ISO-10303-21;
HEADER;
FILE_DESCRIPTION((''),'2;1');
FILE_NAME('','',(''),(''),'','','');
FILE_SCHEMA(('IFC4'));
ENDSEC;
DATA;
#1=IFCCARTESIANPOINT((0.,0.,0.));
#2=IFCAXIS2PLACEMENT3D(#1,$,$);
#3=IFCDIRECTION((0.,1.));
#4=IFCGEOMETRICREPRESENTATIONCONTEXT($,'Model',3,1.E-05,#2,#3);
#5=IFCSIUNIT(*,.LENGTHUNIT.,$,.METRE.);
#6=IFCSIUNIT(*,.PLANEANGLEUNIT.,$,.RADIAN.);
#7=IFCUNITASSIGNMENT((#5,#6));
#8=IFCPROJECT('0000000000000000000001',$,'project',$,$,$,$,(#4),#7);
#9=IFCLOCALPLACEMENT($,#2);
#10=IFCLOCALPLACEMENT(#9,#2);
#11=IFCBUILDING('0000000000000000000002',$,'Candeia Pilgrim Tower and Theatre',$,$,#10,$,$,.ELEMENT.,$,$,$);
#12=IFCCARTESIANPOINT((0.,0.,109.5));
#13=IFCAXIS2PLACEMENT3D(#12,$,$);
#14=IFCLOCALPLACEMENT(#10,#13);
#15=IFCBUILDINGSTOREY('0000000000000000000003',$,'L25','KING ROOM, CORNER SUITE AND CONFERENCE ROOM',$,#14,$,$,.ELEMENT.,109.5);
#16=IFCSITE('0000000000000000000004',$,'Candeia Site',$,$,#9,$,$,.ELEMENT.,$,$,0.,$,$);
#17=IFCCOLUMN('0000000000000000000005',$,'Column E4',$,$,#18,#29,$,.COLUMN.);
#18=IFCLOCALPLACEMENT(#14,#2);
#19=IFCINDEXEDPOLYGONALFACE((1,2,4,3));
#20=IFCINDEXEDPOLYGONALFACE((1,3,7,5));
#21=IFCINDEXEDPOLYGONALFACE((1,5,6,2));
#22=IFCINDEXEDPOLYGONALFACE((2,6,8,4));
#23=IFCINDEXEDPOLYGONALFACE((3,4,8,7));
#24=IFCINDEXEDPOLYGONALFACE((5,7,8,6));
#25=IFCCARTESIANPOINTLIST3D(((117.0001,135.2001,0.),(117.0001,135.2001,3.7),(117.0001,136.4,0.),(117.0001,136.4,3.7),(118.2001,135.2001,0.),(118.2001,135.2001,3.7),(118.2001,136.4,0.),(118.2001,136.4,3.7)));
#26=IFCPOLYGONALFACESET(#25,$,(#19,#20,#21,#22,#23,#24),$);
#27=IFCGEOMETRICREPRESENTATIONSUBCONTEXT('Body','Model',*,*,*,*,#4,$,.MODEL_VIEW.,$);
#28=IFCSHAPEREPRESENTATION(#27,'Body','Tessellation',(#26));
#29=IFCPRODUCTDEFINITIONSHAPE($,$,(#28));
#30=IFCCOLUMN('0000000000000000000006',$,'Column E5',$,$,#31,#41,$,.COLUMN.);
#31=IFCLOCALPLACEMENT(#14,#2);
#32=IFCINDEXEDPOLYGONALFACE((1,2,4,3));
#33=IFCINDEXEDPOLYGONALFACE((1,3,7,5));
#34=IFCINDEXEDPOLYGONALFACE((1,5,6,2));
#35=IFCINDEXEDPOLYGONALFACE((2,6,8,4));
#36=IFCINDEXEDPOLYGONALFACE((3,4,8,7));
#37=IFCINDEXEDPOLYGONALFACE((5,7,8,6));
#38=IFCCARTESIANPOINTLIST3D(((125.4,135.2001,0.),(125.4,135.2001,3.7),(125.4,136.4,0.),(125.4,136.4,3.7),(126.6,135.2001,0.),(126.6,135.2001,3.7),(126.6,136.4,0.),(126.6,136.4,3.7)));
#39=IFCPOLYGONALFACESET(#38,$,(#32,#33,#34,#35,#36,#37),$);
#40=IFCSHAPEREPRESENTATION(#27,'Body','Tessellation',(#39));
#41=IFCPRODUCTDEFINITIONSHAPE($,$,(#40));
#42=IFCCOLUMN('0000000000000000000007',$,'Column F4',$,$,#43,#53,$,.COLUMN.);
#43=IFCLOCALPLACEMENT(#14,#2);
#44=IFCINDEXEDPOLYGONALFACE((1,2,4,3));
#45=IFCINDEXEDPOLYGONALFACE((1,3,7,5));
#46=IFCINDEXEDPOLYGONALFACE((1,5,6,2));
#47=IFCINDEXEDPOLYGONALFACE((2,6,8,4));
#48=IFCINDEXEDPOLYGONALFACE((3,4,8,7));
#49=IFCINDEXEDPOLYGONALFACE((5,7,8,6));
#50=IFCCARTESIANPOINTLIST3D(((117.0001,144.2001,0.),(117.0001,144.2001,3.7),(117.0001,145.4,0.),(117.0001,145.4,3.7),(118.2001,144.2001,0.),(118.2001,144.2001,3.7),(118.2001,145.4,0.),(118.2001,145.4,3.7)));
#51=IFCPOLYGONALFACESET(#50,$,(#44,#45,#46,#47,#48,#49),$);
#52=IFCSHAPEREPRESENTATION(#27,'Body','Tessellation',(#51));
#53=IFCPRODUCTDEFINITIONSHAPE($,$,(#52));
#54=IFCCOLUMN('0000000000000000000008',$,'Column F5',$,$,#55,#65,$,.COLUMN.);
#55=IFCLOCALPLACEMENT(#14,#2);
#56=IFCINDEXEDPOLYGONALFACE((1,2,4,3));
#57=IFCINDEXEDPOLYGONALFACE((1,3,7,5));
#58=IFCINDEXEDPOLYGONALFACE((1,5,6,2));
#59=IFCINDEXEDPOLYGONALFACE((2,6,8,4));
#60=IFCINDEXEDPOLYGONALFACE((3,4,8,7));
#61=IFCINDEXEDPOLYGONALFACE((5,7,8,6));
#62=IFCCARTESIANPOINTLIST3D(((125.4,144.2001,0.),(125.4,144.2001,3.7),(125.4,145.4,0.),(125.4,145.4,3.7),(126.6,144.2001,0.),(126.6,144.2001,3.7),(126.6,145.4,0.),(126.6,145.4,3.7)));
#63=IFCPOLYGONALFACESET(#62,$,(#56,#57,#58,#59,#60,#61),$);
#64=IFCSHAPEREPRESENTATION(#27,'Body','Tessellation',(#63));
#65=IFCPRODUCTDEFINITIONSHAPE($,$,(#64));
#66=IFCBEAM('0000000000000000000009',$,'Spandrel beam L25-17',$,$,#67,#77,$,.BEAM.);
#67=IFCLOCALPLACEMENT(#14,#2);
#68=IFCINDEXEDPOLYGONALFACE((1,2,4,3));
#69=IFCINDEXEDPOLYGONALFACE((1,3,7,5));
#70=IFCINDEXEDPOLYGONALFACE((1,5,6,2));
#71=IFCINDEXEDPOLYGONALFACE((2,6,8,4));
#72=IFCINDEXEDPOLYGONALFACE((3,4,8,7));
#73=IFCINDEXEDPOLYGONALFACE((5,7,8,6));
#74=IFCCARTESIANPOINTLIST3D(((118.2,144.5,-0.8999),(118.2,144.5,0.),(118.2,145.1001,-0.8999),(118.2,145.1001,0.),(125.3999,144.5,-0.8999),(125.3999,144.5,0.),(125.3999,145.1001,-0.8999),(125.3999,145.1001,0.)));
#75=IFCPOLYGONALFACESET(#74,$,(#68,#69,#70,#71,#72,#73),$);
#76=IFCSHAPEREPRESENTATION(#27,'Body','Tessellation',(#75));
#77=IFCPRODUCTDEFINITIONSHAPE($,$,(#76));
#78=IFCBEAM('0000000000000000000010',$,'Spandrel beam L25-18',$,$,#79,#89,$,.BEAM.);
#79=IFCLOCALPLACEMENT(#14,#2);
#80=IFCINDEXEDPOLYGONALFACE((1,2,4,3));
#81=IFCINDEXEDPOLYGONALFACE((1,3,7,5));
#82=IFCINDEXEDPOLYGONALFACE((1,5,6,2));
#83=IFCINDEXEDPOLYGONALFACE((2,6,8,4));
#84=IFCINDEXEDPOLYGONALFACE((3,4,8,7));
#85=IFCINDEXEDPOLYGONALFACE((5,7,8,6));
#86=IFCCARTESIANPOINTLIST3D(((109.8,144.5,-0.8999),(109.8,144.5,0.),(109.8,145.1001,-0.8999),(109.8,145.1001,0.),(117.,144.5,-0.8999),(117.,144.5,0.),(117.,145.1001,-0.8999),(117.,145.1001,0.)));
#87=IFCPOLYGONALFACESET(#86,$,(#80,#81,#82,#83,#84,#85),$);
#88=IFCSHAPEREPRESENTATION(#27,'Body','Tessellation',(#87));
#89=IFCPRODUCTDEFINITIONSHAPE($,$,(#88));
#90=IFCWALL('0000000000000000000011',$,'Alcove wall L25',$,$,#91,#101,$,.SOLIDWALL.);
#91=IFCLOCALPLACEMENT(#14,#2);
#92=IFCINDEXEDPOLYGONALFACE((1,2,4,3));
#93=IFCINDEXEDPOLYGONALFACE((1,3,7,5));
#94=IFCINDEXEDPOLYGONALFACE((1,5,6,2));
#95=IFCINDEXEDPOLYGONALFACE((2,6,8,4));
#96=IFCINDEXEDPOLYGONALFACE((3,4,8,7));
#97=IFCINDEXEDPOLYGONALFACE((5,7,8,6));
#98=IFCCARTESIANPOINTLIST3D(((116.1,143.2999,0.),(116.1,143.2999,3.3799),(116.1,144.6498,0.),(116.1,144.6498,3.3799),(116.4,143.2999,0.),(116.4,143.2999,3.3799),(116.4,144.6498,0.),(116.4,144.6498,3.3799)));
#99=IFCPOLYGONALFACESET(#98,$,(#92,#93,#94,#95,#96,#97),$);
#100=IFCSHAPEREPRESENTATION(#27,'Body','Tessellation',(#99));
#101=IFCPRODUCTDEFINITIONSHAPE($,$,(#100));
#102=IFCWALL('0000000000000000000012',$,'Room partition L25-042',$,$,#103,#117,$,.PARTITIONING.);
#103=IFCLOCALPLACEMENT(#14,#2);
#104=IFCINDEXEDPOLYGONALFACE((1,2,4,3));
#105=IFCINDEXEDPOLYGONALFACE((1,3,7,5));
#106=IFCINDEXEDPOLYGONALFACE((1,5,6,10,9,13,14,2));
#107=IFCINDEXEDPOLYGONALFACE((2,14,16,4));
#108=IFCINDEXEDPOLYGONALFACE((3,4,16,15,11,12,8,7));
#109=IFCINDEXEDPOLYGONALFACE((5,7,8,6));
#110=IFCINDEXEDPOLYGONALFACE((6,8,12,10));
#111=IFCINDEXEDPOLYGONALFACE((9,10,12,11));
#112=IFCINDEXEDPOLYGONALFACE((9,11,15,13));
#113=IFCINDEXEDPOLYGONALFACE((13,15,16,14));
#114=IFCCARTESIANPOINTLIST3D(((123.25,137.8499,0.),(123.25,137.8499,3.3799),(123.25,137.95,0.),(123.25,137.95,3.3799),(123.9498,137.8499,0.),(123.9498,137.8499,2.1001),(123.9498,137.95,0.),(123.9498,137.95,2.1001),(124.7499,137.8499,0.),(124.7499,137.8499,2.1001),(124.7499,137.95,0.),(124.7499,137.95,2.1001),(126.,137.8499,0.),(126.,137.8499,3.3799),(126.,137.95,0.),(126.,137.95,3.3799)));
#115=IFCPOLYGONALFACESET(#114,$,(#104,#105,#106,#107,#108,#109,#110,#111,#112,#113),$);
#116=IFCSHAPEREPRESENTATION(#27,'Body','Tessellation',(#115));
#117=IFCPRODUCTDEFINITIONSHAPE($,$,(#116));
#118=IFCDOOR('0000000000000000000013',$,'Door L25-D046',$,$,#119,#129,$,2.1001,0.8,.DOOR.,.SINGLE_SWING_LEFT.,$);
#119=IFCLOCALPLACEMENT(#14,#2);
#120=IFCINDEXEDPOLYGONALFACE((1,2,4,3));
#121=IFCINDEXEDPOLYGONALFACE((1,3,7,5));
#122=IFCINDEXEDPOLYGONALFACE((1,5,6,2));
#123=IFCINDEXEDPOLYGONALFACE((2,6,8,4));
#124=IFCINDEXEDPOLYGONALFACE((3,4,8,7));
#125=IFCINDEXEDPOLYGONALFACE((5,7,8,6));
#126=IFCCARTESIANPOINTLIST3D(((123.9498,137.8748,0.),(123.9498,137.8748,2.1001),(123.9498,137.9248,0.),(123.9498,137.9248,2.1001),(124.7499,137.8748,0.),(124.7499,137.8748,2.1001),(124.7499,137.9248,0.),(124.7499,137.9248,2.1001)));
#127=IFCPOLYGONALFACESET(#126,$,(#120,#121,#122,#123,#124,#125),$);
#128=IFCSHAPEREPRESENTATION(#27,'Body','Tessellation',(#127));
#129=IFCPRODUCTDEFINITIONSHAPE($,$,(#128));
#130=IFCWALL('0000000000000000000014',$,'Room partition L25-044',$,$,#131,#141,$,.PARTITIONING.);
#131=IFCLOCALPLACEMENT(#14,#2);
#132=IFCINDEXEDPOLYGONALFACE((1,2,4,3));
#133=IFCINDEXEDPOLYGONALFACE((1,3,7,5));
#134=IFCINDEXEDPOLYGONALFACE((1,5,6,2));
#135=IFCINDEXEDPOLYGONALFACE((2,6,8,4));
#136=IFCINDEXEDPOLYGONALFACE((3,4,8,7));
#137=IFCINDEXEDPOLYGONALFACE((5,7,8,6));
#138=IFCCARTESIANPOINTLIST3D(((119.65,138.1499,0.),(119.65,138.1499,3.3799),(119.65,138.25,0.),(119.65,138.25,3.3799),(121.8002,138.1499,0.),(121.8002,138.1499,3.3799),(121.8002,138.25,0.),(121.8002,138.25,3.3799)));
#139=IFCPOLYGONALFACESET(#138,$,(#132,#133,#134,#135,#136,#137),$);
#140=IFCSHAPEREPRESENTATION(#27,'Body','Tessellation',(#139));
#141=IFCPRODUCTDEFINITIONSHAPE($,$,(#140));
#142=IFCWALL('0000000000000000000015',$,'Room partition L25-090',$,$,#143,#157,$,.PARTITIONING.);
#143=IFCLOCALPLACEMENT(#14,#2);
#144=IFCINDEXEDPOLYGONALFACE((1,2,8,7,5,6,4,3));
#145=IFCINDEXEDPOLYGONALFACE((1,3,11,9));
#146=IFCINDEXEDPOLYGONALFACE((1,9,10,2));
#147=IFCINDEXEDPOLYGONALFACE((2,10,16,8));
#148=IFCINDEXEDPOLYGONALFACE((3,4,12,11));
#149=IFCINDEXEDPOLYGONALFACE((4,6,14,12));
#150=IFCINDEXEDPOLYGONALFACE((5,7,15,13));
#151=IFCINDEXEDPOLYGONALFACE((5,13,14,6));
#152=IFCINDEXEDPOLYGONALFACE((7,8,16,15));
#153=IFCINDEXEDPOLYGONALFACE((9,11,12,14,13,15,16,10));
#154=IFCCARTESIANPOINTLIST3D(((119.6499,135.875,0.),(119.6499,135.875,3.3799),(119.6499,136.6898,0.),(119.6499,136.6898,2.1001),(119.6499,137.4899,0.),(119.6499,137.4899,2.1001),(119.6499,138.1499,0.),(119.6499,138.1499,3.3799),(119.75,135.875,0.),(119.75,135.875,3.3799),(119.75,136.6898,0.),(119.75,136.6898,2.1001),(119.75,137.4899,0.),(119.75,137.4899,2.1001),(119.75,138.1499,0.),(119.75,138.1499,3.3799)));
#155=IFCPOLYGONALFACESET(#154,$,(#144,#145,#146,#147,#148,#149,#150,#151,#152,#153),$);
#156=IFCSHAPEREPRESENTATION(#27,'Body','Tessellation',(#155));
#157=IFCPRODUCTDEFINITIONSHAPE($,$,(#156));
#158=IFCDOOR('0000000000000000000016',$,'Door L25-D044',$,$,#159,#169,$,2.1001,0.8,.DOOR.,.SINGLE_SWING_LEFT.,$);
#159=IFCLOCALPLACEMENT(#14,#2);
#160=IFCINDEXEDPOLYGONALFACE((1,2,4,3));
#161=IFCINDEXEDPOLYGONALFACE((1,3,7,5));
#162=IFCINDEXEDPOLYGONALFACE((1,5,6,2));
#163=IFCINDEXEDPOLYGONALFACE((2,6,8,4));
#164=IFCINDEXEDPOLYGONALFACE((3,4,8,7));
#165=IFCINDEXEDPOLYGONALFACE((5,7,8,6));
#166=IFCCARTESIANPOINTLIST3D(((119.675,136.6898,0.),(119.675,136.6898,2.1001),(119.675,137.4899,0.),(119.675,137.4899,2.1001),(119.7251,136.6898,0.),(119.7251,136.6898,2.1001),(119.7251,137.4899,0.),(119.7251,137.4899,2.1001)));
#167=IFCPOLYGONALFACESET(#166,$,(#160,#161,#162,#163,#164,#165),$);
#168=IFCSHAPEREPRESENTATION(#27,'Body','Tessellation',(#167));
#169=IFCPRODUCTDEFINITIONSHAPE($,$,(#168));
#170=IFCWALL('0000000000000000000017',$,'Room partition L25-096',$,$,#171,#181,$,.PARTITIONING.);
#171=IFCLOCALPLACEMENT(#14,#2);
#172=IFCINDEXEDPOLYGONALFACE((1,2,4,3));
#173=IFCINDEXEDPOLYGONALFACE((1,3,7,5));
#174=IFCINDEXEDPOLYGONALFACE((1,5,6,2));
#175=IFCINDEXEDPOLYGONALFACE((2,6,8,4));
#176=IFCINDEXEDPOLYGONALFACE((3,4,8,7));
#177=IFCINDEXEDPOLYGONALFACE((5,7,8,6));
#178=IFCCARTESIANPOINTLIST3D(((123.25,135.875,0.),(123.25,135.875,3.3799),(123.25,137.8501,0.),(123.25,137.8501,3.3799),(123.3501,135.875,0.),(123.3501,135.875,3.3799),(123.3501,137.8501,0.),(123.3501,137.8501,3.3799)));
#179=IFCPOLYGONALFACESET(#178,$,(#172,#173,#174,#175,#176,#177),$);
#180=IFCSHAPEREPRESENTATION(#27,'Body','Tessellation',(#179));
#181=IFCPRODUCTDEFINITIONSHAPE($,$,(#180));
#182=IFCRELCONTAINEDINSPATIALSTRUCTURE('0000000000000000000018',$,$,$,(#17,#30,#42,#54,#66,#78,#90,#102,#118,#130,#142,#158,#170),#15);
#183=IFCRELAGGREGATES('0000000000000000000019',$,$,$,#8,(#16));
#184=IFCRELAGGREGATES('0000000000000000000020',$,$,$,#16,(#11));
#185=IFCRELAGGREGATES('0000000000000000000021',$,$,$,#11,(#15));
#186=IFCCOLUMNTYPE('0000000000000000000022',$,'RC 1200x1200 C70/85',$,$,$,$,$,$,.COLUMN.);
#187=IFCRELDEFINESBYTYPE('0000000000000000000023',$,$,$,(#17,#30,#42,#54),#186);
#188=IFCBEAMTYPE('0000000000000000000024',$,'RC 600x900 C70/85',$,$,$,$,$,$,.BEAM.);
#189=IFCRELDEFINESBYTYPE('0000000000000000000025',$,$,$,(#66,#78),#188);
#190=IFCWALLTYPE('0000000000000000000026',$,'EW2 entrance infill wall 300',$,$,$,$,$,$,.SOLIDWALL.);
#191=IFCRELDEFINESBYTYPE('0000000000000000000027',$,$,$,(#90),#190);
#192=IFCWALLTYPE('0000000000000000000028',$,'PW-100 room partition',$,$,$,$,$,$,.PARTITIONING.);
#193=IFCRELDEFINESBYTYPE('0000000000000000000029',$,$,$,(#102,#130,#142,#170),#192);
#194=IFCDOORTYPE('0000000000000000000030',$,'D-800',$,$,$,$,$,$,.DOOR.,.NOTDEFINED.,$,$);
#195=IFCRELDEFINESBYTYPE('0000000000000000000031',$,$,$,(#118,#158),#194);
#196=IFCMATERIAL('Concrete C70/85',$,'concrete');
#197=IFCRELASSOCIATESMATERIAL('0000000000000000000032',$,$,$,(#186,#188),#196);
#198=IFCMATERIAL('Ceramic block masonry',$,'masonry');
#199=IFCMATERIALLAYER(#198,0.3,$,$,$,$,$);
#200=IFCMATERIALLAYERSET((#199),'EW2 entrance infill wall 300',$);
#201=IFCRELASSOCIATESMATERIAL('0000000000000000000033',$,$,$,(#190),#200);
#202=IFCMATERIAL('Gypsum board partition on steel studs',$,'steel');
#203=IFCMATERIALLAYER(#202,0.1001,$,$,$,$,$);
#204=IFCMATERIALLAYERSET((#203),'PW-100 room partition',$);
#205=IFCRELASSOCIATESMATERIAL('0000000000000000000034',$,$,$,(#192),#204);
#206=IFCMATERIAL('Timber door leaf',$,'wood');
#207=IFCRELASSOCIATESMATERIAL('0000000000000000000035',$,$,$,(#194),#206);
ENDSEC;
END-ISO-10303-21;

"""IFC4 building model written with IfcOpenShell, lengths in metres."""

from ifc_helpers import new_model, si_unit, direction, frame, frame_2d, origin, origin_2d, place, context, subcontext, project, spatial, rectangle, extrude, material, layer, layer_set, material_profile, profile_set, type_object, element, fill, save


model = new_model("IFC4")

# Units and contexts
model_context = context("Model", 3, precision=1e-05, world=origin(), true_north=direction((0.0, 1.0)))
body_context = subcontext(model_context, "Body", "Model", "MODEL_VIEW")
ifc_project = project(units=[si_unit("LENGTHUNIT", "METRE"), si_unit("PLANEANGLEUNIT", "RADIAN")], contexts=[model_context])

# Site, building, storey
site_placement = place(None, origin())
site = spatial("IfcSite", under=ifc_project, at=site_placement, Name="Candeia Site", CompositionType="ELEMENT", RefElevation=0.0)
building_placement = place(site_placement, origin())
building = spatial("IfcBuilding", under=site, at=building_placement, Name="Candeia Pilgrim Tower and Theatre", CompositionType="ELEMENT")
storey_placement = place(building_placement, frame((0.0, 0.0, 109.5)))
storey = spatial("IfcBuildingStorey", under=building, at=storey_placement, Name="L25", Description="KING ROOM, CORNER SUITE AND CONFERENCE ROOM", CompositionType="ELEMENT", Elevation=109.5)

# Columns
ifc_material_1 = material(Name="Concrete C70/85", Category="concrete")
ifc_material_profile_1 = material_profile(ifc_material_1, rectangle(XDim=1.2, YDim=1.2, at=origin_2d()))
ifc_profile_set_1 = profile_set([ifc_material_profile_1], Name="Concrete C70/85")
column_type = type_object("IfcColumnType", Name="RC 1200x1200 C70/85", PredefinedType="COLUMN", material=ifc_profile_set_1)
for number, where, z_axis, x_axis, name in (
    (1, (117.6001, 135.8, 0.0), (0.0, 0.0, 1.0), (1.0, 0.0, 0.0), "Column E4"),
    (2, (126.0, 135.8, 0.0), (0.0, 0.0, 1.0), (1.0, 0.0, 0.0), "Column E5"),
    (3, (117.6001, 144.8, 0.0), (0.0, 0.0, 1.0), (1.0, 0.0, 0.0), "Column F4"),
    (4, (126.0, 144.8, 0.0), (0.0, 0.0, 1.0), (1.0, 0.0, 0.0), "Column F5"),
):
    element("IfcColumn", number, at=place(storey_placement, frame(where, z_axis=z_axis, x_axis=x_axis)), inside=storey, type_object=column_type, Name=name, PredefinedType="COLUMN", context=body_context, shape_type="SweptSolid", body=[
        extrude(rectangle(XDim=1.2, YDim=1.2, at=origin_2d()), origin(), (0.0, 0.0, 1.0), 3.7),
    ])

# Beams
ifc_material_profile_2 = material_profile(ifc_material_1, rectangle(XDim=0.6001, YDim=0.8999, at=origin_2d()))
ifc_profile_set_2 = profile_set([ifc_material_profile_2], Name="Concrete C70/85")
beam_type = type_object("IfcBeamType", Name="RC 600x900 C70/85", PredefinedType="BEAM", material=ifc_profile_set_2)
for number, where, z_axis, x_axis, name in (
    (5, (125.3999, 144.8, -0.45), (-1.0, 0.0, 0.0), (0.0, -1.0, 0.0), "Spandrel beam L25-17"),
    (6, (117.0, 144.8, -0.45), (-1.0, 0.0, 0.0), (0.0, -1.0, 0.0), "Spandrel beam L25-18"),
):
    element("IfcBeam", number, at=place(storey_placement, frame(where, z_axis=z_axis, x_axis=x_axis)), inside=storey, type_object=beam_type, Name=name, PredefinedType="BEAM", context=body_context, shape_type="SweptSolid", body=[
        extrude(rectangle(XDim=0.6001, YDim=0.8999, at=origin_2d()), origin(), (0.0, 0.0, 1.0), 7.2),
    ])

# Wall
ifc_material_2 = material(Name="Ceramic block masonry", Category="masonry")
ifc_layer_1 = layer(ifc_material_2, 0.3)
ifc_layer_set_1 = layer_set([ifc_layer_1], Name="EW2 entrance infill wall 300")
wall_type_1 = type_object("IfcWallType", Name="EW2 entrance infill wall 300", PredefinedType="SOLIDWALL", material=ifc_layer_set_1)
wall_1_placement = place(storey_placement, frame((116.25, 143.3, 0.0), z_axis=(0.0, 0.0, 1.0), x_axis=(0.0, 1.0, 0.0)))
element("IfcWall", 7, at=wall_1_placement, inside=storey, type_object=wall_type_1, Name="Alcove wall L25", PredefinedType="SOLIDWALL", context=body_context, shape_type="SweptSolid", body=[
    extrude(rectangle(XDim=1.3499, YDim=0.3, at=frame_2d((0.6748, 0.0))), origin(), (0.0, 0.0, 1.0), 3.3799),
])

# Wall, opening, door
ifc_material_3 = material(Name="Gypsum board partition on steel studs", Category="steel")
ifc_layer_2 = layer(ifc_material_3, 0.1001)
ifc_layer_set_2 = layer_set([ifc_layer_2], Name="PW-100 room partition")
wall_type_2 = type_object("IfcWallType", Name="PW-100 room partition", PredefinedType="PARTITIONING", material=ifc_layer_set_2)
wall_2_placement = place(storey_placement, frame((123.25, 137.8999, 0.0), z_axis=(0.0, 0.0, 1.0), x_axis=(1.0, 0.0, 0.0)))
wall_2 = element("IfcWall", 8, at=wall_2_placement, inside=storey, type_object=wall_type_2, Name="Room partition L25-042", PredefinedType="PARTITIONING", context=body_context, shape_type="SweptSolid", body=[
    extrude(rectangle(XDim=2.75, YDim=0.1001, at=frame_2d((1.375, 0.0))), origin(), (0.0, 0.0, 1.0), 3.3799),
])
opening_1_placement = place(wall_2_placement, frame((0.7, 0.0, 0.0)))
opening_1 = element("IfcOpeningElement", 9, at=opening_1_placement, cuts=wall_2, PredefinedType="OPENING", context=body_context, shape_type="SweptSolid", body=[
    extrude(rectangle(XDim=0.8, YDim=2.1001, at=frame_2d((0.3999, 1.05))), frame((0.0, 0.0601, 0.0), z_axis=(0.0, -1.0, 0.0), x_axis=(1.0, 0.0, 0.0)), (0.0, 0.0, 1.0), 0.1201),
])
ifc_material_4 = material(Name="Timber door leaf", Category="wood")
door_type_1 = type_object("IfcDoorType", Name="D-800", OperationType="NOTDEFINED", PredefinedType="DOOR", material=ifc_material_4)
door_1_placement = place(opening_1_placement, origin())
door_1 = element("IfcDoor", 10, at=door_1_placement, inside=storey, type_object=door_type_1, Name="Door L25-D046", OperationType="SINGLE_SWING_LEFT", OverallHeight=2.1001, OverallWidth=0.8, PredefinedType="DOOR", context=body_context, shape_type="SweptSolid", body=[
    extrude(rectangle(XDim=0.8, YDim=2.1001, at=frame_2d((0.3999, 1.05))), frame((0.0, 0.0249, 0.0), z_axis=(0.0, -1.0, 0.0), x_axis=(1.0, 0.0, 0.0)), (0.0, 0.0, 1.0), 0.05),
])
fill(opening_1, door_1)

# Wall
wall_3_placement = place(storey_placement, frame((119.6499, 138.2, 0.0), z_axis=(0.0, 0.0, 1.0), x_axis=(1.0, 0.0, 0.0)))
element("IfcWall", 11, at=wall_3_placement, inside=storey, type_object=wall_type_2, Name="Room partition L25-044", PredefinedType="PARTITIONING", context=body_context, shape_type="SweptSolid", body=[
    extrude(rectangle(XDim=2.1501, YDim=0.1001, at=frame_2d((1.0752, 0.0))), origin(), (0.0, 0.0, 1.0), 3.3799),
])

# Wall, opening, door
wall_4_placement = place(storey_placement, frame((119.7, 135.875, 0.0), z_axis=(0.0, 0.0, 1.0), x_axis=(0.0, 1.0, 0.0)))
wall_4 = element("IfcWall", 12, at=wall_4_placement, inside=storey, type_object=wall_type_2, Name="Room partition L25-090", PredefinedType="PARTITIONING", context=body_context, shape_type="SweptSolid", body=[
    extrude(rectangle(XDim=2.2749, YDim=0.1001, at=frame_2d((1.1375, 0.0))), origin(), (0.0, 0.0, 1.0), 3.3799),
])
opening_2_placement = place(wall_4_placement, frame((0.8149, 0.0, 0.0)))
opening_2 = element("IfcOpeningElement", 13, at=opening_2_placement, cuts=wall_4, PredefinedType="OPENING", context=body_context, shape_type="SweptSolid", body=[
    extrude(rectangle(XDim=0.8, YDim=2.1001, at=frame_2d((0.3999, 1.05))), frame((0.0, 0.0601, 0.0), z_axis=(0.0, -1.0, 0.0), x_axis=(1.0, 0.0, 0.0)), (0.0, 0.0, 1.0), 0.1201),
])
door_2_placement = place(opening_2_placement, origin())
door_2 = element("IfcDoor", 14, at=door_2_placement, inside=storey, type_object=door_type_1, Name="Door L25-D044", OperationType="SINGLE_SWING_LEFT", OverallHeight=2.1001, OverallWidth=0.8, PredefinedType="DOOR", context=body_context, shape_type="SweptSolid", body=[
    extrude(rectangle(XDim=0.8, YDim=2.1001, at=frame_2d((0.3999, 1.05))), frame((0.0, 0.0249, 0.0), z_axis=(0.0, -1.0, 0.0), x_axis=(1.0, 0.0, 0.0)), (0.0, 0.0, 1.0), 0.05),
])
fill(opening_2, door_2)

# Wall
wall_5_placement = place(storey_placement, frame((123.3, 135.875, 0.0), z_axis=(0.0, 0.0, 1.0), x_axis=(0.0, 1.0, 0.0)))
element("IfcWall", 15, at=wall_5_placement, inside=storey, type_object=wall_type_2, Name="Room partition L25-096", PredefinedType="PARTITIONING", context=body_context, shape_type="SweptSolid", body=[
    extrude(rectangle(XDim=1.9751, YDim=0.1001, at=frame_2d((0.9875, 0.0))), origin(), (0.0, 0.0, 1.0), 3.3799),
])

save(model, "model.ifc")
